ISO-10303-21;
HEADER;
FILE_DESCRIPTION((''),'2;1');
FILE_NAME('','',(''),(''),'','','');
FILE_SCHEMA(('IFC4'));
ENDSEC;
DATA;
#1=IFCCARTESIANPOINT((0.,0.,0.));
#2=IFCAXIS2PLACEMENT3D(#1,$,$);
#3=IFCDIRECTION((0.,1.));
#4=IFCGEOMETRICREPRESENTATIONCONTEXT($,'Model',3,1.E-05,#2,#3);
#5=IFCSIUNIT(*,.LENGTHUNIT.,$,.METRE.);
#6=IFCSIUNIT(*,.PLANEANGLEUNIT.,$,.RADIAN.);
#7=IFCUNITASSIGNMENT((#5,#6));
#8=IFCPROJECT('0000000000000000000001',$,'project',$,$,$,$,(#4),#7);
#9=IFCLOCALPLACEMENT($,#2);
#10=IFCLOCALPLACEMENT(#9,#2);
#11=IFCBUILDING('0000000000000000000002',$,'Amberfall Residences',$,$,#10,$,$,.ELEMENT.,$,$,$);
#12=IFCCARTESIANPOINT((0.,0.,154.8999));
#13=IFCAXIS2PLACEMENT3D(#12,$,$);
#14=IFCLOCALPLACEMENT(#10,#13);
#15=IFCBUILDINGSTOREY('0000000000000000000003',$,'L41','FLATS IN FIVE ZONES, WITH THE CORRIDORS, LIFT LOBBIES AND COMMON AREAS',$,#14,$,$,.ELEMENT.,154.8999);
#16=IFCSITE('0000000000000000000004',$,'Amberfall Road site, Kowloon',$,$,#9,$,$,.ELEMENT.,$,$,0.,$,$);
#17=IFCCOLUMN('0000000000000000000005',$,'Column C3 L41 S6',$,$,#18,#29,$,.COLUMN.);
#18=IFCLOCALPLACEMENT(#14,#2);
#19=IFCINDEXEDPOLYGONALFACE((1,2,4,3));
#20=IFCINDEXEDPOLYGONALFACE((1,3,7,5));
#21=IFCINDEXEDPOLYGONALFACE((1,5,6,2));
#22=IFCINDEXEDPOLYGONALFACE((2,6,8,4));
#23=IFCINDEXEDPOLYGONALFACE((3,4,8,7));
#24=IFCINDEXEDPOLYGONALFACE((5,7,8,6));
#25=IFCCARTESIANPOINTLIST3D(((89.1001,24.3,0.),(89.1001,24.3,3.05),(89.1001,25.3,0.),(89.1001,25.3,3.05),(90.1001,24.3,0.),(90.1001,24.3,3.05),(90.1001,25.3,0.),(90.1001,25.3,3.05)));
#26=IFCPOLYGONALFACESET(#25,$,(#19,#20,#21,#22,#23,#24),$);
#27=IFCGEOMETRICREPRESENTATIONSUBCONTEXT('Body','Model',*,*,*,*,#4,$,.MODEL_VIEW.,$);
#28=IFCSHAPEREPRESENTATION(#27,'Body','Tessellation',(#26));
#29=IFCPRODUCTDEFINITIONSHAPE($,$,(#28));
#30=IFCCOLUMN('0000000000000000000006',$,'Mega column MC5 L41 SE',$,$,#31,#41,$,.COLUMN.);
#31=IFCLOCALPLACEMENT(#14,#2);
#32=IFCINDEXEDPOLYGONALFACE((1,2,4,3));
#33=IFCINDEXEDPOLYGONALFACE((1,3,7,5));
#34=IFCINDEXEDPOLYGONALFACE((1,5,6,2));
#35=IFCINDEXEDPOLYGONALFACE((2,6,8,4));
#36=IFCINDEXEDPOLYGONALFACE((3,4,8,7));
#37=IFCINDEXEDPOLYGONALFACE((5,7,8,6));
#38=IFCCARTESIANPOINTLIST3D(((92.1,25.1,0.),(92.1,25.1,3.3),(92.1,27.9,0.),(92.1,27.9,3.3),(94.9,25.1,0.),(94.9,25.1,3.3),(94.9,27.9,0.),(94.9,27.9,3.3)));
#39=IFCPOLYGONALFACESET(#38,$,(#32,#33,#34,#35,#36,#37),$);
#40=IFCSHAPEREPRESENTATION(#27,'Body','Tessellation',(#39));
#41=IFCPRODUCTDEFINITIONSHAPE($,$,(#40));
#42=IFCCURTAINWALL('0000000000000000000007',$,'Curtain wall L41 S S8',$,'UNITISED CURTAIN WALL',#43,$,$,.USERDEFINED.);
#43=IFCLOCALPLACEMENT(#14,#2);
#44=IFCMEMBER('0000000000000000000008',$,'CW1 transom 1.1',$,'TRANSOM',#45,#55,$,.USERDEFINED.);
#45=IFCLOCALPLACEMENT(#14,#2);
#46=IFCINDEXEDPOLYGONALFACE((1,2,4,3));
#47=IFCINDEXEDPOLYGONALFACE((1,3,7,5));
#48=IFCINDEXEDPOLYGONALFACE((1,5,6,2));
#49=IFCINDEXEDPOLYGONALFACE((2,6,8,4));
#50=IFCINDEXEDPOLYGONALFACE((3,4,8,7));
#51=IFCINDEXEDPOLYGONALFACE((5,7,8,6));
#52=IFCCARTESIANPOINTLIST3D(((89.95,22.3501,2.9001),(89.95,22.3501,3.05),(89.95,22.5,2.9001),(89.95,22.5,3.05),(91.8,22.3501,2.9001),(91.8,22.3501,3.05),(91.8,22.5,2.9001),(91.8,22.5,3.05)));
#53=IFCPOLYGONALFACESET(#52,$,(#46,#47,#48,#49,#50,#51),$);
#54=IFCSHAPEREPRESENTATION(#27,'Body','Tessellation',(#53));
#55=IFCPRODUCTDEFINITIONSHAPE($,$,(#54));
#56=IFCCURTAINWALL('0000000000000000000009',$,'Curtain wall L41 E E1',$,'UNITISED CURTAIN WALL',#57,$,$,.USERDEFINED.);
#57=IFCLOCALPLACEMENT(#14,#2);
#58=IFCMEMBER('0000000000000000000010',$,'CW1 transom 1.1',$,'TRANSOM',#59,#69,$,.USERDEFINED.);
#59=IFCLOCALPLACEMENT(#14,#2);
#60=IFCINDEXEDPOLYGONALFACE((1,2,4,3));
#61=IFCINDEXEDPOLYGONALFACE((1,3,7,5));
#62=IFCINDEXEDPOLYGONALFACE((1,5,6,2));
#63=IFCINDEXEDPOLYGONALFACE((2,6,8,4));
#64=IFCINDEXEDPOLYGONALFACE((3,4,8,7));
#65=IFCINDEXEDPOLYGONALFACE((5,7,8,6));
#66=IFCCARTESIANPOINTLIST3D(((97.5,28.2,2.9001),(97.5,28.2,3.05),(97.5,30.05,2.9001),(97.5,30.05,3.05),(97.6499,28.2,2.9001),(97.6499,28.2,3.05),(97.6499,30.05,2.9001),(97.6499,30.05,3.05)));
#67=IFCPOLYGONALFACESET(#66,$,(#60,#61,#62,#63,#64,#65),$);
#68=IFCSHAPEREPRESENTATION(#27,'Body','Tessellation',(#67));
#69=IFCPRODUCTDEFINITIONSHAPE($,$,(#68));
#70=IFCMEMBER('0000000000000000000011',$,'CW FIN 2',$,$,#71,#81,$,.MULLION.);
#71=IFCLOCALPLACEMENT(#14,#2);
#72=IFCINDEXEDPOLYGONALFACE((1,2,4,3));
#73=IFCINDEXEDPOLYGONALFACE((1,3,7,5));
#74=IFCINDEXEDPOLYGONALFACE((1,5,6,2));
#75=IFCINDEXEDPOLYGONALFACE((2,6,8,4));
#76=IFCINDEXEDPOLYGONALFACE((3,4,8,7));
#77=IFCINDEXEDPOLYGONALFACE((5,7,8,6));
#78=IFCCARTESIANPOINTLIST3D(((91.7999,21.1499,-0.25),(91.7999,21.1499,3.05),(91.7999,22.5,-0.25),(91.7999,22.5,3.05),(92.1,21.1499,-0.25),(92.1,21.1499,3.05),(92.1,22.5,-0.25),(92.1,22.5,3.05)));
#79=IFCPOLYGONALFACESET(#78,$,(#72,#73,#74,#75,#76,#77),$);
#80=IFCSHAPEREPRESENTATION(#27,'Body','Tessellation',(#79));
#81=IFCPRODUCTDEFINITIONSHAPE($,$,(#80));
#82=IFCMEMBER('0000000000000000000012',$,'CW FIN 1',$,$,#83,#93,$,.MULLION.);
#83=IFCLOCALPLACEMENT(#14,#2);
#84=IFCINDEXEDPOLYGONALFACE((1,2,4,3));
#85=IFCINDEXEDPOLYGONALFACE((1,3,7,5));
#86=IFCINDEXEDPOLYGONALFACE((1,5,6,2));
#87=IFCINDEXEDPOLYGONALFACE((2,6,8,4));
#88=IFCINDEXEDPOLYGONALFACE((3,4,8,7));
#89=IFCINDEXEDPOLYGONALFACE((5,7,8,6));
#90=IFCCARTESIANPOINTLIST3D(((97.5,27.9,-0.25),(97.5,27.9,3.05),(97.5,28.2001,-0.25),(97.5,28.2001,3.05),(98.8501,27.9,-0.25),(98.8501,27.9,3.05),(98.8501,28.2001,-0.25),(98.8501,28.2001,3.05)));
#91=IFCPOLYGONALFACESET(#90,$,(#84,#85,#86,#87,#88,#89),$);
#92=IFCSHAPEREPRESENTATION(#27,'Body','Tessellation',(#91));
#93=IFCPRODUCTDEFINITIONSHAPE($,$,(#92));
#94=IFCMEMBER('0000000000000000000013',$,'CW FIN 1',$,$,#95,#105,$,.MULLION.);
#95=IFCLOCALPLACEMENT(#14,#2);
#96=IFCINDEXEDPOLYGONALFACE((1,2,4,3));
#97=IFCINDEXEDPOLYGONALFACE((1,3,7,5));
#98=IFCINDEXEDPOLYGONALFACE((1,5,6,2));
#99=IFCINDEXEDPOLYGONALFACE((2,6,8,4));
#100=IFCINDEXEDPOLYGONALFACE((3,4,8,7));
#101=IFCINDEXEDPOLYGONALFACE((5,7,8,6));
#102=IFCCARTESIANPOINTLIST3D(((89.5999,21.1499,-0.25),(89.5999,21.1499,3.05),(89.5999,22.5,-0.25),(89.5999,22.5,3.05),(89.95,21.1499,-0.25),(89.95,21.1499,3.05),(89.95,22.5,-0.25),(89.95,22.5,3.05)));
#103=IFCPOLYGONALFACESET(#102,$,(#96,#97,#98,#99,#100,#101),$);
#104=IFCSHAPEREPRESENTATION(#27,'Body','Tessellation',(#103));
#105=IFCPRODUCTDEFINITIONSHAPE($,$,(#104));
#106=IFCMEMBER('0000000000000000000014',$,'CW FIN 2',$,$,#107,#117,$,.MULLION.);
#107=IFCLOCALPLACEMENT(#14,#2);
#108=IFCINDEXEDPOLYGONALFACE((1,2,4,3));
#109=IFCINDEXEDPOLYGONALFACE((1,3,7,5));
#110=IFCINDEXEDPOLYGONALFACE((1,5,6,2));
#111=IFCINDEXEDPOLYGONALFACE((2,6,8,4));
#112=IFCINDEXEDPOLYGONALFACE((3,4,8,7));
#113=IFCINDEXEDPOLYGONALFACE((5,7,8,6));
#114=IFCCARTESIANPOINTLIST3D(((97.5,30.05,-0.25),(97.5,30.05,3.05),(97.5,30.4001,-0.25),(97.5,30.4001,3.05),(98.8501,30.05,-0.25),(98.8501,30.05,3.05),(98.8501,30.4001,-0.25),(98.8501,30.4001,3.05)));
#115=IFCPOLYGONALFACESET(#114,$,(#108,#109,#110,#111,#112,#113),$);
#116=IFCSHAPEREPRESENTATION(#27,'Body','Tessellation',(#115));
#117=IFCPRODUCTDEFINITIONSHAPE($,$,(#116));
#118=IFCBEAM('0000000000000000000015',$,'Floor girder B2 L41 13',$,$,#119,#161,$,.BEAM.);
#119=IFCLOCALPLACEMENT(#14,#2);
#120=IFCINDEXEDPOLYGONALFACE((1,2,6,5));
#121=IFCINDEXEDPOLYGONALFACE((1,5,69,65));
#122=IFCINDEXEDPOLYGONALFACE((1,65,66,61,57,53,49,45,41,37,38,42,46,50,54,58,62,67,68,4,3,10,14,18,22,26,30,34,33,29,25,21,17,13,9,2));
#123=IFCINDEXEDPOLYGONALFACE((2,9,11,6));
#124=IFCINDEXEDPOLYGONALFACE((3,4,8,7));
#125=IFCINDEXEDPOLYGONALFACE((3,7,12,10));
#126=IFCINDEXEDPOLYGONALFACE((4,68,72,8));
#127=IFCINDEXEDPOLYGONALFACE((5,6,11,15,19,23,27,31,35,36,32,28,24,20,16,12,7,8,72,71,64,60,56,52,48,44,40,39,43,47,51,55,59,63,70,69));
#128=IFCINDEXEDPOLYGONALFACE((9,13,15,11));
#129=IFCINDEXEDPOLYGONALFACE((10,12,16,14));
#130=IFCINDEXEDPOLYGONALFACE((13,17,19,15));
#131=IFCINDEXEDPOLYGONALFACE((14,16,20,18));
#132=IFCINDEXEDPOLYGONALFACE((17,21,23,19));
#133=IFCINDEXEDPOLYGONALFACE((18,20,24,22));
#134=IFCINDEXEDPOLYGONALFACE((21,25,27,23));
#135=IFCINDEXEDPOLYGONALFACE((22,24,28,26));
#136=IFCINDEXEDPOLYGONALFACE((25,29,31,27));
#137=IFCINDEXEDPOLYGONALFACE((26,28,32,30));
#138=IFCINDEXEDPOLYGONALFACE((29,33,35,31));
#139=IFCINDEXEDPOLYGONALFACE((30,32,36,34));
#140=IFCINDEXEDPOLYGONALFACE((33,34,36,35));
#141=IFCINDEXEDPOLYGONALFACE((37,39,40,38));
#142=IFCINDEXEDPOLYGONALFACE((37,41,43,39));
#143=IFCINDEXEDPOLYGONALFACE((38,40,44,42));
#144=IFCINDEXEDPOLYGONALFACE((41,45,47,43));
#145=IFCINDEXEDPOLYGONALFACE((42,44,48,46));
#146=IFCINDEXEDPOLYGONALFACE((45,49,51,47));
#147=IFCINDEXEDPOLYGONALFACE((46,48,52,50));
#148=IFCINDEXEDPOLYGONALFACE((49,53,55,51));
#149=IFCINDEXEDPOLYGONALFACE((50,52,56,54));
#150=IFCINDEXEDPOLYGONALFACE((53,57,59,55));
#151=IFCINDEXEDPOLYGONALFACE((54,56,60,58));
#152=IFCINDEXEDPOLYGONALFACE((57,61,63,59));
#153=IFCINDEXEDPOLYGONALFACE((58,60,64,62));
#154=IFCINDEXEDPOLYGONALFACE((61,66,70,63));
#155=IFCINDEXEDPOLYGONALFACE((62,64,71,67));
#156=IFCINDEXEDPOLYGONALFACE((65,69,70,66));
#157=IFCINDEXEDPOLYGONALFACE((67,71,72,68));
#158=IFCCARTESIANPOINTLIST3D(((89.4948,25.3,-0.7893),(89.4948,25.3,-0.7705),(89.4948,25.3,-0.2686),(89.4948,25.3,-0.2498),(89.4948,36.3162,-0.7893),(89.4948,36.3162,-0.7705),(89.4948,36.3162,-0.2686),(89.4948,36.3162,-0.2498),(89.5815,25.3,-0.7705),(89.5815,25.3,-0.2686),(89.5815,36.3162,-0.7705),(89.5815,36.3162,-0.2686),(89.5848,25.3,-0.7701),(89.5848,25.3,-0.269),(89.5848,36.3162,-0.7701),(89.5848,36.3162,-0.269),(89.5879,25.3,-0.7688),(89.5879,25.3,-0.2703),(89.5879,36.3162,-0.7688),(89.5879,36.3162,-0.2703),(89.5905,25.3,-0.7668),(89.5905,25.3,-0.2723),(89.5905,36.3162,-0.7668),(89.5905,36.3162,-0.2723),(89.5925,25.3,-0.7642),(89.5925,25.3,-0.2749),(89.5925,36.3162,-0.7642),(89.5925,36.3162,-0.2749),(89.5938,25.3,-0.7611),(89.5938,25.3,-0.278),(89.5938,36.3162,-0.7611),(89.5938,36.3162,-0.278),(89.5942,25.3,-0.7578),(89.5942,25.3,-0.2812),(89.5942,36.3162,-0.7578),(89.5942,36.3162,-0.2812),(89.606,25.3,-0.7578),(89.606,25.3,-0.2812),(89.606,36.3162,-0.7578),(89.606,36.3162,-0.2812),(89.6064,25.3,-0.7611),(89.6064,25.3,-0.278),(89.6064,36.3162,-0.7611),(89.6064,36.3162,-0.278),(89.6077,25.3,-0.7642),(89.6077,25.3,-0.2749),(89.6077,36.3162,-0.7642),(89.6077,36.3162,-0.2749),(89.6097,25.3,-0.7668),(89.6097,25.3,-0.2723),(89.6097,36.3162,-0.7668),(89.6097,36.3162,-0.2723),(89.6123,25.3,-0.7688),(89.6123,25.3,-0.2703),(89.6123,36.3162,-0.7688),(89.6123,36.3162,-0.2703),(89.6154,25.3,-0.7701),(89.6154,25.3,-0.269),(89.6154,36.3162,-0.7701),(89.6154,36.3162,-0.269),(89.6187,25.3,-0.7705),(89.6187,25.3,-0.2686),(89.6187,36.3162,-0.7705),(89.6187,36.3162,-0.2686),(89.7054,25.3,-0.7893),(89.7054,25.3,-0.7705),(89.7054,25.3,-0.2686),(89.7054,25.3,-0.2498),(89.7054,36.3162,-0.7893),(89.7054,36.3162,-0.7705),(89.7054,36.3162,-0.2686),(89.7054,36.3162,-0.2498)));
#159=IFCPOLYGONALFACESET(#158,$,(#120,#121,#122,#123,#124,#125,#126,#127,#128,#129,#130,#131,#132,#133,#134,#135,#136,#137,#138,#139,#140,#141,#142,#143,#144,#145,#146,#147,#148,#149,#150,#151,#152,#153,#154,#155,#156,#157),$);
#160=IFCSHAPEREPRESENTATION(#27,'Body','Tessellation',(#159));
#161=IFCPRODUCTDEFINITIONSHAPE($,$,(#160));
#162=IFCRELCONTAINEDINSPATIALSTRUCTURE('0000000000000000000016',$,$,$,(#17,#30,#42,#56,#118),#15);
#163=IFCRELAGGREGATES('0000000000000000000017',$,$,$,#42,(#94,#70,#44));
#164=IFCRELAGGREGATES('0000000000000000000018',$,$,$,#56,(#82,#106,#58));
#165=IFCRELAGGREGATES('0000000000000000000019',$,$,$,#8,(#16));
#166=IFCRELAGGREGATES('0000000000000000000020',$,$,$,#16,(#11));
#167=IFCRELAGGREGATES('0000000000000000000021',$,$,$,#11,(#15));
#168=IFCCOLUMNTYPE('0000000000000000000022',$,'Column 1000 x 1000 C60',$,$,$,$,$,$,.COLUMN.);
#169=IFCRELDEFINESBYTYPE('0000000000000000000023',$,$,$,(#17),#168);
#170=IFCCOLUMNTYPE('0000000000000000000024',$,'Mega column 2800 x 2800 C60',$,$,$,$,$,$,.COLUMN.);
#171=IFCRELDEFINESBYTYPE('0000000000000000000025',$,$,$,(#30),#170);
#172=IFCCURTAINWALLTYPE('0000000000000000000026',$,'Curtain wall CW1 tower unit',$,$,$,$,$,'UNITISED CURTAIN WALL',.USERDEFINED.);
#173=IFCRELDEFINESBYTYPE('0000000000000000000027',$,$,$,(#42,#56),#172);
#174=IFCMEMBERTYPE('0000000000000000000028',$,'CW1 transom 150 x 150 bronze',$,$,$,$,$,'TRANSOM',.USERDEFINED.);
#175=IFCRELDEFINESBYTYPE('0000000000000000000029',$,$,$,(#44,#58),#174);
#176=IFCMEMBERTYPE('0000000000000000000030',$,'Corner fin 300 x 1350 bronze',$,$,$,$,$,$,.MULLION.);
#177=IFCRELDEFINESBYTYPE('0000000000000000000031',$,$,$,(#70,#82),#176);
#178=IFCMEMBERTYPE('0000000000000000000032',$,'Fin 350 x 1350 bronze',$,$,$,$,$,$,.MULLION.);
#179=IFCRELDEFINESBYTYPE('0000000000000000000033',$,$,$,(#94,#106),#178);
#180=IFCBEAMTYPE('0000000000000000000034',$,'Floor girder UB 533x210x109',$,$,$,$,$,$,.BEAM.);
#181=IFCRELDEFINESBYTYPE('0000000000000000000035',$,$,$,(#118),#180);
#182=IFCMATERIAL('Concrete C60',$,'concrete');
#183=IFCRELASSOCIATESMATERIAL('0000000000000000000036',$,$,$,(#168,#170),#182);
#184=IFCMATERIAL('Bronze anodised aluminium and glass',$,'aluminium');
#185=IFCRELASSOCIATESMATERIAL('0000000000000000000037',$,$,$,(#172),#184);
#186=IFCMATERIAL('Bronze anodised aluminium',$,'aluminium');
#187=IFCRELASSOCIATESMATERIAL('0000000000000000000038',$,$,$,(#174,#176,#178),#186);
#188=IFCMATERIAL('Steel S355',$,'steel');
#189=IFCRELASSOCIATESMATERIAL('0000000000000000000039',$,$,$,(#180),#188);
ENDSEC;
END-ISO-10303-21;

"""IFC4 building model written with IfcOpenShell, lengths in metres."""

from ifc_helpers import new_model, si_unit, direction, frame, origin, origin_2d, place, context, subcontext, project, spatial, rectangle, i_section, extrude, material, material_profile, profile_set, type_object, element, aggregate, save


model = new_model("IFC4")

# Units and contexts
model_context = context("Model", 3, precision=1e-05, world=origin(), true_north=direction((0.0, 1.0)))
body_context = subcontext(model_context, "Body", "Model", "MODEL_VIEW")
ifc_project = project(units=[si_unit("LENGTHUNIT", "METRE"), si_unit("PLANEANGLEUNIT", "RADIAN")], contexts=[model_context])

# Site, building, storey
site_placement = place(None, origin())
site = spatial("IfcSite", under=ifc_project, at=site_placement, Name="Amberfall Road site, Kowloon", CompositionType="ELEMENT", RefElevation=0.0)
building_placement = place(site_placement, origin())
building = spatial("IfcBuilding", under=site, at=building_placement, Name="Amberfall Residences", CompositionType="ELEMENT")
storey_placement = place(building_placement, frame((0.0, 0.0, 154.8999)))
storey = spatial("IfcBuildingStorey", under=building, at=storey_placement, Name="L41", Description="FLATS IN FIVE ZONES, WITH THE CORRIDORS, LIFT LOBBIES AND COMMON AREAS", CompositionType="ELEMENT", Elevation=154.8999)

# Columns
ifc_material_1 = material(Name="Concrete C60", Category="concrete")
ifc_material_profile_1 = material_profile(ifc_material_1, rectangle(XDim=1.0, YDim=1.0, at=origin_2d()), Name="Column 1000 x 1000 C60")
ifc_profile_set_1 = profile_set([ifc_material_profile_1], Name="Concrete C60")
column_type_1 = type_object("IfcColumnType", Name="Column 1000 x 1000 C60", PredefinedType="COLUMN", material=ifc_profile_set_1)
column_1_placement = place(storey_placement, frame((89.6001, 24.8, 0.0), z_axis=(0.0, 0.0, 1.0), x_axis=(1.0, 0.0, 0.0)))
element("IfcColumn", 1, at=column_1_placement, inside=storey, type_object=column_type_1, Name="Column C3 L41 S6", PredefinedType="COLUMN", context=body_context, shape_type="SweptSolid", body=[
    extrude(rectangle(XDim=1.0, YDim=1.0, at=origin_2d()), origin(), (0.0, 0.0, 1.0), 3.05),
])
ifc_material_profile_2 = material_profile(ifc_material_1, rectangle(XDim=2.8, YDim=2.8, at=origin_2d()), Name="Mega column 2800 x 2800 C60")
ifc_profile_set_2 = profile_set([ifc_material_profile_2], Name="Concrete C60")
column_type_2 = type_object("IfcColumnType", Name="Mega column 2800 x 2800 C60", PredefinedType="COLUMN", material=ifc_profile_set_2)
column_2_placement = place(storey_placement, frame((93.5, 26.5, 0.0), z_axis=(0.0, 0.0, 1.0), x_axis=(1.0, 0.0, 0.0)))
element("IfcColumn", 2, at=column_2_placement, inside=storey, type_object=column_type_2, Name="Mega column MC5 L41 SE", PredefinedType="COLUMN", context=body_context, shape_type="SweptSolid", body=[
    extrude(rectangle(XDim=2.8, YDim=2.8, at=origin_2d()), origin(), (0.0, 0.0, 1.0), 3.3),
])

# Curtain walls, members
ifc_material_2 = material(Name="Bronze anodised aluminium and glass", Category="aluminium")
curtain_wall_type = type_object("IfcCurtainWallType", Name="Curtain wall CW1 tower unit", ElementType="UNITISED CURTAIN WALL", PredefinedType="USERDEFINED", material=ifc_material_2)
curtain_wall_1_placement = place(storey_placement, origin())
curtain_wall_1 = element("IfcCurtainWall", 3, at=curtain_wall_1_placement, inside=storey, type_object=curtain_wall_type, Name="Curtain wall L41 S S8", ObjectType="UNITISED CURTAIN WALL", PredefinedType="USERDEFINED")
ifc_material_3 = material(Name="Bronze anodised aluminium", Category="aluminium")
ifc_material_profile_3 = material_profile(ifc_material_3, rectangle(XDim=0.1499, YDim=0.1499, at=origin_2d()), Name="CW1 transom 150 x 150 bronze")
ifc_profile_set_3 = profile_set([ifc_material_profile_3], Name="Bronze anodised aluminium")
member_type_1 = type_object("IfcMemberType", Name="CW1 transom 150 x 150 bronze", ElementType="TRANSOM", PredefinedType="USERDEFINED", material=ifc_profile_set_3)
member_1_placement = place(storey_placement, frame((89.95, 22.425, 2.9751), z_axis=(1.0, 0.0, 0.0), x_axis=(0.0, 1.0, 0.0)))
member_1 = element("IfcMember", 4, at=member_1_placement, type_object=member_type_1, Name="CW1 transom 1.1", ObjectType="TRANSOM", PredefinedType="USERDEFINED", context=body_context, shape_type="SweptSolid", body=[
    extrude(rectangle(XDim=0.1499, YDim=0.1499, at=origin_2d()), origin(), (0.0, 0.0, 1.0), 1.8501),
])
curtain_wall_2_placement = place(storey_placement, origin())
curtain_wall_2 = element("IfcCurtainWall", 5, at=curtain_wall_2_placement, inside=storey, type_object=curtain_wall_type, Name="Curtain wall L41 E E1", ObjectType="UNITISED CURTAIN WALL", PredefinedType="USERDEFINED")
member_2_placement = place(storey_placement, frame((97.575, 28.2, 2.9751), z_axis=(0.0, 1.0, 0.0), x_axis=(-1.0, 0.0, 0.0)))
member_2 = element("IfcMember", 6, at=member_2_placement, type_object=member_type_1, Name="CW1 transom 1.1", ObjectType="TRANSOM", PredefinedType="USERDEFINED", context=body_context, shape_type="SweptSolid", body=[
    extrude(rectangle(XDim=0.1499, YDim=0.1499, at=origin_2d()), origin(), (0.0, 0.0, 1.0), 1.8501),
])

# Members
ifc_material_profile_4 = material_profile(ifc_material_3, rectangle(XDim=1.3501, YDim=0.3, at=origin_2d()), Name="Corner fin 300 x 1350 bronze")
ifc_profile_set_4 = profile_set([ifc_material_profile_4], Name="Bronze anodised aluminium")
member_type_2 = type_object("IfcMemberType", Name="Corner fin 300 x 1350 bronze", PredefinedType="MULLION", material=ifc_profile_set_4)
member_3_placement = place(storey_placement, frame((91.95, 21.825, -0.25), z_axis=(0.0, 0.0, 1.0), x_axis=(0.0, 1.0, 0.0)))
member_3 = element("IfcMember", 7, at=member_3_placement, type_object=member_type_2, Name="CW FIN 2", PredefinedType="MULLION", context=body_context, shape_type="SweptSolid", body=[
    extrude(rectangle(XDim=1.3501, YDim=0.3, at=origin_2d()), origin(), (0.0, 0.0, 1.0), 3.3),
])
member_4_placement = place(storey_placement, frame((98.175, 28.05, -0.25), z_axis=(0.0, 0.0, 1.0), x_axis=(-1.0, 0.0, 0.0)))
member_4 = element("IfcMember", 8, at=member_4_placement, type_object=member_type_2, Name="CW FIN 1", PredefinedType="MULLION", context=body_context, shape_type="SweptSolid", body=[
    extrude(rectangle(XDim=1.3501, YDim=0.3, at=origin_2d()), origin(), (0.0, 0.0, 1.0), 3.3),
])
ifc_material_profile_5 = material_profile(ifc_material_3, rectangle(XDim=1.3501, YDim=0.3501, at=origin_2d()), Name="Fin 350 x 1350 bronze")
ifc_profile_set_5 = profile_set([ifc_material_profile_5], Name="Bronze anodised aluminium")
member_type_3 = type_object("IfcMemberType", Name="Fin 350 x 1350 bronze", PredefinedType="MULLION", material=ifc_profile_set_5)
member_5_placement = place(storey_placement, frame((89.7749, 21.825, -0.25), z_axis=(0.0, 0.0, 1.0), x_axis=(0.0, 1.0, 0.0)))
member_5 = element("IfcMember", 9, at=member_5_placement, type_object=member_type_3, Name="CW FIN 1", PredefinedType="MULLION", context=body_context, shape_type="SweptSolid", body=[
    extrude(rectangle(XDim=1.3501, YDim=0.3501, at=origin_2d()), origin(), (0.0, 0.0, 1.0), 3.3),
])
member_6_placement = place(storey_placement, frame((98.175, 30.2251, -0.25), z_axis=(0.0, 0.0, 1.0), x_axis=(-1.0, 0.0, 0.0)))
member_6 = element("IfcMember", 10, at=member_6_placement, type_object=member_type_3, Name="CW FIN 2", PredefinedType="MULLION", context=body_context, shape_type="SweptSolid", body=[
    extrude(rectangle(XDim=1.3501, YDim=0.3501, at=origin_2d()), origin(), (0.0, 0.0, 1.0), 3.3),
])

# Beam
ifc_material_4 = material(Name="Steel S355", Category="steel")
ifc_material_profile_6 = material_profile(ifc_material_4, i_section(OverallWidth=0.2107, OverallDepth=0.5396, WebThickness=0.0117, FlangeThickness=0.0188, FilletRadius=0.0127, at=origin_2d()), Name="UB 533x210x109")
ifc_profile_set_6 = profile_set([ifc_material_profile_6], Name="Steel S355")
beam_type_1 = type_object("IfcBeamType", Name="Floor girder UB 533x210x109", PredefinedType="BEAM", material=ifc_profile_set_6)
beam_1_placement = place(storey_placement, frame((89.6001, 25.3, -0.5195), z_axis=(0.0, 1.0, 0.0), x_axis=(-1.0, 0.0, 0.0)))
element("IfcBeam", 11, at=beam_1_placement, inside=storey, type_object=beam_type_1, Name="Floor girder B2 L41 13", PredefinedType="BEAM", context=body_context, shape_type="SweptSolid", body=[
    extrude(i_section(OverallWidth=0.2107, OverallDepth=0.5396, WebThickness=0.0117, FlangeThickness=0.0188, FilletRadius=0.0127, at=origin_2d()), origin(), (0.0, 0.0, 1.0), 11.0161),
])

aggregate(curtain_wall_1, [member_5, member_3, member_1])
aggregate(curtain_wall_2, [member_4, member_6, member_2])

save(model, "model.ifc")
